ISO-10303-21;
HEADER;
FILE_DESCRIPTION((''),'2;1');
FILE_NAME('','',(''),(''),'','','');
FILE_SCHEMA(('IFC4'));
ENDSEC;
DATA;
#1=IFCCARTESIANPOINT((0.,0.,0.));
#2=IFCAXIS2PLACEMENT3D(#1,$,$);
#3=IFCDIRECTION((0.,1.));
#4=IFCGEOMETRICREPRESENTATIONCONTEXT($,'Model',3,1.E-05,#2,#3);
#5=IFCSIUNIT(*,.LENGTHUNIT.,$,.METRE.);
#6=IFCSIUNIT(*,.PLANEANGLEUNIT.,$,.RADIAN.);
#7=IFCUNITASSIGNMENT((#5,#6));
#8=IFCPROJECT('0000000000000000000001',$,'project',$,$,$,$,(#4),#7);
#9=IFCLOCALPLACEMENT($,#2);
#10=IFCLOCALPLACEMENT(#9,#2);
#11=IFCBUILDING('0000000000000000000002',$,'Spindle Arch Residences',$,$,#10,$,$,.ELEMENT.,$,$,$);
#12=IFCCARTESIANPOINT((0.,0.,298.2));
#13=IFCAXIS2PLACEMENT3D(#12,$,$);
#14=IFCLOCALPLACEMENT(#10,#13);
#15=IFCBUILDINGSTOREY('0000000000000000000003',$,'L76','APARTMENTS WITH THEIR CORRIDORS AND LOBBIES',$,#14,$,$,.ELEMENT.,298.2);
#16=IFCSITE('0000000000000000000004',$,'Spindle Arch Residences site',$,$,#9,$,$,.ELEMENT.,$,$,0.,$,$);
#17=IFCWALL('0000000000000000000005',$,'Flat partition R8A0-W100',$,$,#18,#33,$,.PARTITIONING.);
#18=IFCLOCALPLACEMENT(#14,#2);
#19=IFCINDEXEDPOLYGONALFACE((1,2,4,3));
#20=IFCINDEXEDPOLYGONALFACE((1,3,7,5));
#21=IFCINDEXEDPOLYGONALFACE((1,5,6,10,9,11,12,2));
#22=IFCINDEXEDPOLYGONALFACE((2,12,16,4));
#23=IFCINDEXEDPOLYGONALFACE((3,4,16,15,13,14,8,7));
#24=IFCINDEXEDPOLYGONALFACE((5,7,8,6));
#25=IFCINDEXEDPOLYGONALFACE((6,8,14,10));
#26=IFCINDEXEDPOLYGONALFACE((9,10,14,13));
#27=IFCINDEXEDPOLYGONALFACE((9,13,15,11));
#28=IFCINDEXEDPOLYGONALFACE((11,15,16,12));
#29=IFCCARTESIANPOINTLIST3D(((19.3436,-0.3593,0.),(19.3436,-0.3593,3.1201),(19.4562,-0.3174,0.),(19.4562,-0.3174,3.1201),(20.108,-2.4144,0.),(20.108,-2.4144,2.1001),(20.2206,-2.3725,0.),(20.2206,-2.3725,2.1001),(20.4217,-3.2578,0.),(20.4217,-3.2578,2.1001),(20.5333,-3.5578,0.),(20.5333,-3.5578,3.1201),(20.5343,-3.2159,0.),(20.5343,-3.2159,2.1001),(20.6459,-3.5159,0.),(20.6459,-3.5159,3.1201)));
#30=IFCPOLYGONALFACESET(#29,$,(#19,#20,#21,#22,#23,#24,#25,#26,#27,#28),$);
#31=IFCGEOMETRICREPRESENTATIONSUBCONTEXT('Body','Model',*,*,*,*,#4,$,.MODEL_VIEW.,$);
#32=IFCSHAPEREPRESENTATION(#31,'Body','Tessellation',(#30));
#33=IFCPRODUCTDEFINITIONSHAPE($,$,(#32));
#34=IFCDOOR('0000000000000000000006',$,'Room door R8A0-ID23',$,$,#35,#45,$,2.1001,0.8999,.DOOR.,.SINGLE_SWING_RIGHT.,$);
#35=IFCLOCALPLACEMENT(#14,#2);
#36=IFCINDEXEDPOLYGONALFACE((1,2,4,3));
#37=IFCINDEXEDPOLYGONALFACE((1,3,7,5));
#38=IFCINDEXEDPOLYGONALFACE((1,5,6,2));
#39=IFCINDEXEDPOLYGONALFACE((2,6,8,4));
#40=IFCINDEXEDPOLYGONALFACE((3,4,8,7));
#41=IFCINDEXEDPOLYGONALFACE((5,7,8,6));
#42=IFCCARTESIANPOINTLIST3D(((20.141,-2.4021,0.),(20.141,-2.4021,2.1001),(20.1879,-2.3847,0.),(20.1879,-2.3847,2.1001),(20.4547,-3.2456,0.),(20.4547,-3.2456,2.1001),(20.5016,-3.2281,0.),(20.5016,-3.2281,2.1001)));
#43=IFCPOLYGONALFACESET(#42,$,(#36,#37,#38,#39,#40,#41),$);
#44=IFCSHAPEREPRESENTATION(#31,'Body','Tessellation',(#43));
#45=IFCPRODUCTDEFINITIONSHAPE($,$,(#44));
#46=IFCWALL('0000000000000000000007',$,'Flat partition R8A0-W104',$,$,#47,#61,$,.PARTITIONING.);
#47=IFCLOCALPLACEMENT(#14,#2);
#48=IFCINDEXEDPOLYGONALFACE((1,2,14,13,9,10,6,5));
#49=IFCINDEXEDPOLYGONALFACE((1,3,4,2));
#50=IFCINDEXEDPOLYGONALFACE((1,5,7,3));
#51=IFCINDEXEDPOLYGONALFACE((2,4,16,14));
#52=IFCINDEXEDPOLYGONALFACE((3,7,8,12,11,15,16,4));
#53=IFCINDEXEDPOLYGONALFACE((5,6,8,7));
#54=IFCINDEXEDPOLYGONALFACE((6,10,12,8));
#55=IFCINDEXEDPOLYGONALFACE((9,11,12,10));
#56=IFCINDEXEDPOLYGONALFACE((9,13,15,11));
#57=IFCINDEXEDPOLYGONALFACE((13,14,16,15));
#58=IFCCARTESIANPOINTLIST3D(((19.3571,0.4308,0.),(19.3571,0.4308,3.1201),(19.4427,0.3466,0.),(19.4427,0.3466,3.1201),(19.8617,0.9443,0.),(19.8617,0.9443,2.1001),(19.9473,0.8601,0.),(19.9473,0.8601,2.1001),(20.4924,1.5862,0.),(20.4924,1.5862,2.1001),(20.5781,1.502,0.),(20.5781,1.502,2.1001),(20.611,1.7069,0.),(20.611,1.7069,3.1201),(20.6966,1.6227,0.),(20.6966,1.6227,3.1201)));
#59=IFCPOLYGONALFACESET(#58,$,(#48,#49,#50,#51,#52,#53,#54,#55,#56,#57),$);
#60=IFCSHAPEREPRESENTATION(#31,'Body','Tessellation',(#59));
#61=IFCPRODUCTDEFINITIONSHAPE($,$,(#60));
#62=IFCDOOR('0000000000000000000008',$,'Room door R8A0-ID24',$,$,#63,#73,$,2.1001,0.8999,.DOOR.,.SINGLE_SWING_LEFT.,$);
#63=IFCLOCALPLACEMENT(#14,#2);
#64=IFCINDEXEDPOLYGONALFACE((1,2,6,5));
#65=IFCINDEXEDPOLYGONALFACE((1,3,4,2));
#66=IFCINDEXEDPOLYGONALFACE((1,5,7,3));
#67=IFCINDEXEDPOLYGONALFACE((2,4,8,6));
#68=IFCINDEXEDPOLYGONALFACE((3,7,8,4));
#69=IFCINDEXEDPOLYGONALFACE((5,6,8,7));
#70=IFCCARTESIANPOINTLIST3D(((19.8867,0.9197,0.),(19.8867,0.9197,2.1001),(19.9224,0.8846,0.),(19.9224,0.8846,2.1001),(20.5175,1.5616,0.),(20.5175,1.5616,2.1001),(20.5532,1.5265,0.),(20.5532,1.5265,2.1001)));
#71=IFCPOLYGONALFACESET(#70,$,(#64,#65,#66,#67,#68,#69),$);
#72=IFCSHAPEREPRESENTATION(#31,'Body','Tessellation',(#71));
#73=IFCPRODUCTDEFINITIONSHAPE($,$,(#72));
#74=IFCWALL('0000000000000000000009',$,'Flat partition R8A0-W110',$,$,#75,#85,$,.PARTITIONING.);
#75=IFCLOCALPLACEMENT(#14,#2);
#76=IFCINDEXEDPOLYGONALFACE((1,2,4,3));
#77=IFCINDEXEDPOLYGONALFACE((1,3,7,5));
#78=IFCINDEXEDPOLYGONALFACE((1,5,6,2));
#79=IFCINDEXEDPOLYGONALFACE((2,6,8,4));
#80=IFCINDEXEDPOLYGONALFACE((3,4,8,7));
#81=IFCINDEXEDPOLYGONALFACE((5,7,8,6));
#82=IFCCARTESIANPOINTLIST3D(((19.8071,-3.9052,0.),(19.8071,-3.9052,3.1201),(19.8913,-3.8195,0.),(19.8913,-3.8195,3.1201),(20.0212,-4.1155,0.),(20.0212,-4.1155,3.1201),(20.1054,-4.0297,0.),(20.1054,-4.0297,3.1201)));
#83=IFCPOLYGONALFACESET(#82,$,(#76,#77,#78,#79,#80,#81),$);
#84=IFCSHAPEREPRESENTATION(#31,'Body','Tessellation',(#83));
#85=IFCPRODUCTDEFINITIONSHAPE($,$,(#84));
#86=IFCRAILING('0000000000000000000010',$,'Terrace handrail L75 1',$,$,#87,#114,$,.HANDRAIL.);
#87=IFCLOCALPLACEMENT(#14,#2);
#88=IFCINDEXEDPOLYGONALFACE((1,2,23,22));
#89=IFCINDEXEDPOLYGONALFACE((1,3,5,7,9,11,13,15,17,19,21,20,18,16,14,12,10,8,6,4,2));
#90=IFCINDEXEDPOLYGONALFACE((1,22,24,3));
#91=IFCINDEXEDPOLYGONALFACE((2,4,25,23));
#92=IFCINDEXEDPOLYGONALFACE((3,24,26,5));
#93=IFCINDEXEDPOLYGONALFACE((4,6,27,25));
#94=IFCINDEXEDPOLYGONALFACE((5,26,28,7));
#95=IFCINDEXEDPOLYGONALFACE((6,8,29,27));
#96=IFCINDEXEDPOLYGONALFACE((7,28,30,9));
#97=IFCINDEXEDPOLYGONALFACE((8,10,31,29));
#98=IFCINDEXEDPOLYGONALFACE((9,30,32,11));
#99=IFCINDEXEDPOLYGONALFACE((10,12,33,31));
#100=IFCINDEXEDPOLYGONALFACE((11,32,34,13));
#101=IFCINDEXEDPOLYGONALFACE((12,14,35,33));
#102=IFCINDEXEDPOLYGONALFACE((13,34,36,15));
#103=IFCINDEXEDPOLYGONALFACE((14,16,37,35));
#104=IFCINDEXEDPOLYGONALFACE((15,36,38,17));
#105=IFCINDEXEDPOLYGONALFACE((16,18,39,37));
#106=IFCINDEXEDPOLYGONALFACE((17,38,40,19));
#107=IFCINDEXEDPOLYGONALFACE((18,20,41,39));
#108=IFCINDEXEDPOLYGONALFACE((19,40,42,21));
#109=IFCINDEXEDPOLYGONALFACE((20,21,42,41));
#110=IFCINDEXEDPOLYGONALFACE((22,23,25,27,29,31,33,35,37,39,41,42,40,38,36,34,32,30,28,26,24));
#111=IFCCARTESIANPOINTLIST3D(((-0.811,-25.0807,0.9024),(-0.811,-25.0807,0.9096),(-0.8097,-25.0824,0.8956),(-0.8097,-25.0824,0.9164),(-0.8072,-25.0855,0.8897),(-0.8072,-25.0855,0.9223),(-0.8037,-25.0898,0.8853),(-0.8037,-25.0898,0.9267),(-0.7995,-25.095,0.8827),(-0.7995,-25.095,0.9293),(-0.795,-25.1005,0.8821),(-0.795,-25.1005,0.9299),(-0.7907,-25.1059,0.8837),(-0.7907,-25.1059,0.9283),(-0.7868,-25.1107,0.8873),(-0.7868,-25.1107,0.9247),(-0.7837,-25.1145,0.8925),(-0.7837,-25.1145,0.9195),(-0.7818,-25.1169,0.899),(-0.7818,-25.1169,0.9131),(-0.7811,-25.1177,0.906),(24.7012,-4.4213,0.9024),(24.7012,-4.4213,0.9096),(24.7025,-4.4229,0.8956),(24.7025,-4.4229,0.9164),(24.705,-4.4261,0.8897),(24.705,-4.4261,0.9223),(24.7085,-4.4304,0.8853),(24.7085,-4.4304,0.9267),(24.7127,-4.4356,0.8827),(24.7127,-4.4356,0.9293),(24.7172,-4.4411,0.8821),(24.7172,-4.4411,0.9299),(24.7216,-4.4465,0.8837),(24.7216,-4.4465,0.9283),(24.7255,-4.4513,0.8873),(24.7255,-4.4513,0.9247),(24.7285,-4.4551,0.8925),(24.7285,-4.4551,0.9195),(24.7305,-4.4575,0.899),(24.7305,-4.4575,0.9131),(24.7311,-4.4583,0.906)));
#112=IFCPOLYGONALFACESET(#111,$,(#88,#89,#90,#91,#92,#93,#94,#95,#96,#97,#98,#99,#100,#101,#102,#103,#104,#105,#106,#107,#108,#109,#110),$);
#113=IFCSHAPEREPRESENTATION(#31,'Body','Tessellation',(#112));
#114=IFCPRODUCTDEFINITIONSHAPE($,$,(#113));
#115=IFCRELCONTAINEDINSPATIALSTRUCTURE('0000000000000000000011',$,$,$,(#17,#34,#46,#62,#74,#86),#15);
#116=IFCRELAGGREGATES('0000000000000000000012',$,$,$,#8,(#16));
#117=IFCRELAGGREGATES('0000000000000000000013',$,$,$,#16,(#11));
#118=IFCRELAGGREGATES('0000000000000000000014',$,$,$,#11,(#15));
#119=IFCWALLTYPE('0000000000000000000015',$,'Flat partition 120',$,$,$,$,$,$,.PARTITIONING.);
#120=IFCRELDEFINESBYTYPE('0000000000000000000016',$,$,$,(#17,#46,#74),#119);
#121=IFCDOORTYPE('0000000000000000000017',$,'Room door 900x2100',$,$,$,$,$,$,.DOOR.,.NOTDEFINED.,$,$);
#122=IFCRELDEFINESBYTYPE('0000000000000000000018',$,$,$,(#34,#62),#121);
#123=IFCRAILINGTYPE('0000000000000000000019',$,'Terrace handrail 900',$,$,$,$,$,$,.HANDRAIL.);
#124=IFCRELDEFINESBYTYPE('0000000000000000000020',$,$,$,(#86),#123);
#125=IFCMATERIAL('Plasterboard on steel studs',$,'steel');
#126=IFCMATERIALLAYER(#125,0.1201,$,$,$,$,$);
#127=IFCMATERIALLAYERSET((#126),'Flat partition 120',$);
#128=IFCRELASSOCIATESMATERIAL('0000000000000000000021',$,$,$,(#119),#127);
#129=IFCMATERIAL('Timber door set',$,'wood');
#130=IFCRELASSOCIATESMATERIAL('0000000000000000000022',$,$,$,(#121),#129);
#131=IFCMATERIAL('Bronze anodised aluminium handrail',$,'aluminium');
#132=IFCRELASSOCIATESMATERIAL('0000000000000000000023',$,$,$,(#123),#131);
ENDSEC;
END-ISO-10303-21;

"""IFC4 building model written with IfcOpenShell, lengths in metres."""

from ifc_helpers import new_model, si_unit, direction, frame, frame_2d, origin, origin_2d, place, context, subcontext, project, spatial, rectangle, circle, extrude, material, layer, layer_set, type_object, element, fill, save


model = new_model("IFC4")

# Units and contexts
model_context = context("Model", 3, precision=1e-05, world=origin(), true_north=direction((0.0, 1.0)))
body_context = subcontext(model_context, "Body", "Model", "MODEL_VIEW")
ifc_project = project(units=[si_unit("LENGTHUNIT", "METRE"), si_unit("PLANEANGLEUNIT", "RADIAN")], contexts=[model_context])

# Site, building, storey
site_placement = place(None, origin())
site = spatial("IfcSite", under=ifc_project, at=site_placement, Name="Spindle Arch Residences site", CompositionType="ELEMENT", RefElevation=0.0)
building_placement = place(site_placement, origin())
building = spatial("IfcBuilding", under=site, at=building_placement, Name="Spindle Arch Residences", CompositionType="ELEMENT")
storey_placement = place(building_placement, frame((0.0, 0.0, 298.2)))
storey = spatial("IfcBuildingStorey", under=building, at=storey_placement, Name="L76", Description="APARTMENTS WITH THEIR CORRIDORS AND LOBBIES", CompositionType="ELEMENT", Elevation=298.2)

# Shared definitions
ifc_material_1 = material(Name="Plasterboard on steel studs", Category="steel")
ifc_layer_1 = layer(ifc_material_1, 0.1201)
ifc_layer_set_1 = layer_set([ifc_layer_1], Name="Flat partition 120")
wall_type_1 = type_object("IfcWallType", Name="Flat partition 120", PredefinedType="PARTITIONING", material=ifc_layer_set_1)

# Walls, openings, doors
wall_1_placement = place(storey_placement, frame((20.5896, -3.5369, 0.0), z_axis=(0.0, 0.0, 1.0), x_axis=(-0.348621, 0.937264, 0.0)))
wall_1 = element("IfcWall", 1, at=wall_1_placement, inside=storey, type_object=wall_type_1, Name="Flat partition R8A0-W100", PredefinedType="PARTITIONING", context=body_context, shape_type="SweptSolid", body=[
    extrude(rectangle(XDim=3.4126, YDim=0.1201, at=frame_2d((1.7063, 0.0))), origin(), (0.0, 0.0, 1.0), 3.1201),
])
opening_1_placement = place(wall_1_placement, frame((0.3201, 0.0, 0.0)))
opening_1 = element("IfcOpeningElement", 2, at=opening_1_placement, cuts=wall_1, PredefinedType="OPENING", context=body_context, shape_type="SweptSolid", body=[
    extrude(rectangle(XDim=0.8999, YDim=2.1001, at=frame_2d((0.45, 1.05))), frame((0.0, 0.0701, 0.0), z_axis=(0.0, -1.0, 0.0), x_axis=(1.0, 0.0, 0.0)), (0.0, 0.0, 1.0), 0.1401),
])
ifc_material_2 = material(Name="Timber door set", Category="wood")
door_type_1 = type_object("IfcDoorType", Name="Room door 900x2100", OperationType="NOTDEFINED", PredefinedType="DOOR", material=ifc_material_2)
door_1_placement = place(opening_1_placement, origin())
door_1 = element("IfcDoor", 3, at=door_1_placement, inside=storey, type_object=door_type_1, Name="Room door R8A0-ID23", OperationType="SINGLE_SWING_RIGHT", OverallHeight=2.1001, OverallWidth=0.8999, PredefinedType="DOOR", context=body_context, shape_type="SweptSolid", body=[
    extrude(rectangle(XDim=0.8999, YDim=2.1001, at=frame_2d((0.45, 1.05))), frame((0.0, 0.0249, 0.0), z_axis=(0.0, -1.0, 0.0), x_axis=(1.0, 0.0, 0.0)), (0.0, 0.0, 1.0), 0.05),
])
fill(opening_1, door_1)
wall_2_placement = place(storey_placement, frame((19.3999, 0.3887, 0.0), z_axis=(0.0, 0.0, 1.0), x_axis=(0.70087, 0.713289, 0.0)))
wall_2 = element("IfcWall", 4, at=wall_2_placement, inside=storey, type_object=wall_type_1, Name="Flat partition R8A0-W104", PredefinedType="PARTITIONING", context=body_context, shape_type="SweptSolid", body=[
    extrude(rectangle(XDim=1.7891, YDim=0.1201, at=frame_2d((0.8945, 0.0))), origin(), (0.0, 0.0, 1.0), 3.1201),
])
opening_2_placement = place(wall_2_placement, frame((0.72, 0.0, 0.0)))
opening_2 = element("IfcOpeningElement", 5, at=opening_2_placement, cuts=wall_2, PredefinedType="OPENING", context=body_context, shape_type="SweptSolid", body=[
    extrude(rectangle(XDim=0.8999, YDim=2.1001, at=frame_2d((0.45, 1.05))), frame((0.0, 0.0701, 0.0), z_axis=(0.0, -1.0, 0.0), x_axis=(1.0, 0.0, 0.0)), (0.0, 0.0, 1.0), 0.1401),
])
door_2_placement = place(opening_2_placement, origin())
door_2 = element("IfcDoor", 6, at=door_2_placement, inside=storey, type_object=door_type_1, Name="Room door R8A0-ID24", OperationType="SINGLE_SWING_LEFT", OverallHeight=2.1001, OverallWidth=0.8999, PredefinedType="DOOR", context=body_context, shape_type="SweptSolid", body=[
    extrude(rectangle(XDim=0.8999, YDim=2.1001, at=frame_2d((0.45, 1.05))), frame((0.0, 0.0249, 0.0), z_axis=(0.0, -1.0, 0.0), x_axis=(1.0, 0.0, 0.0)), (0.0, 0.0, 1.0), 0.05),
])
fill(opening_2, door_2)

# Wall
wall_3_placement = place(storey_placement, frame((20.0632, -4.0725, 0.0), z_axis=(0.0, 0.0, 1.0), x_axis=(-0.713586, 0.700567, 0.0)))
element("IfcWall", 7, at=wall_3_placement, inside=storey, type_object=wall_type_1, Name="Flat partition R8A0-W110", PredefinedType="PARTITIONING", context=body_context, shape_type="SweptSolid", body=[
    extrude(rectangle(XDim=0.3, YDim=0.1201, at=frame_2d((0.1499, 0.0))), origin(), (0.0, 0.0, 1.0), 3.1201),
])

# Railing
ifc_material_3 = material(Name="Bronze anodised aluminium handrail", Category="aluminium")
railing_type_1 = type_object("IfcRailingType", Name="Terrace handrail 900", PredefinedType="HANDRAIL", material=ifc_material_3)
railing_1_placement = place(storey_placement, frame((24.7161, -4.4397, 0.03)))
element("IfcRailing", 8, at=railing_1_placement, inside=storey, type_object=railing_type_1, Name="Terrace handrail L75 1", PredefinedType="HANDRAIL", context=body_context, shape_type="SweptSolid", body=[
    extrude(circle(Radius=0.0239, at=origin_2d()), frame((0.0, 0.0, 0.876), z_axis=(-0.777145, -0.629321, 0.0), x_axis=(0.629321, -0.777145, 0.0)), (0.0, 0.0, 1.0), 32.8281),
])

save(model, "model.ifc")
